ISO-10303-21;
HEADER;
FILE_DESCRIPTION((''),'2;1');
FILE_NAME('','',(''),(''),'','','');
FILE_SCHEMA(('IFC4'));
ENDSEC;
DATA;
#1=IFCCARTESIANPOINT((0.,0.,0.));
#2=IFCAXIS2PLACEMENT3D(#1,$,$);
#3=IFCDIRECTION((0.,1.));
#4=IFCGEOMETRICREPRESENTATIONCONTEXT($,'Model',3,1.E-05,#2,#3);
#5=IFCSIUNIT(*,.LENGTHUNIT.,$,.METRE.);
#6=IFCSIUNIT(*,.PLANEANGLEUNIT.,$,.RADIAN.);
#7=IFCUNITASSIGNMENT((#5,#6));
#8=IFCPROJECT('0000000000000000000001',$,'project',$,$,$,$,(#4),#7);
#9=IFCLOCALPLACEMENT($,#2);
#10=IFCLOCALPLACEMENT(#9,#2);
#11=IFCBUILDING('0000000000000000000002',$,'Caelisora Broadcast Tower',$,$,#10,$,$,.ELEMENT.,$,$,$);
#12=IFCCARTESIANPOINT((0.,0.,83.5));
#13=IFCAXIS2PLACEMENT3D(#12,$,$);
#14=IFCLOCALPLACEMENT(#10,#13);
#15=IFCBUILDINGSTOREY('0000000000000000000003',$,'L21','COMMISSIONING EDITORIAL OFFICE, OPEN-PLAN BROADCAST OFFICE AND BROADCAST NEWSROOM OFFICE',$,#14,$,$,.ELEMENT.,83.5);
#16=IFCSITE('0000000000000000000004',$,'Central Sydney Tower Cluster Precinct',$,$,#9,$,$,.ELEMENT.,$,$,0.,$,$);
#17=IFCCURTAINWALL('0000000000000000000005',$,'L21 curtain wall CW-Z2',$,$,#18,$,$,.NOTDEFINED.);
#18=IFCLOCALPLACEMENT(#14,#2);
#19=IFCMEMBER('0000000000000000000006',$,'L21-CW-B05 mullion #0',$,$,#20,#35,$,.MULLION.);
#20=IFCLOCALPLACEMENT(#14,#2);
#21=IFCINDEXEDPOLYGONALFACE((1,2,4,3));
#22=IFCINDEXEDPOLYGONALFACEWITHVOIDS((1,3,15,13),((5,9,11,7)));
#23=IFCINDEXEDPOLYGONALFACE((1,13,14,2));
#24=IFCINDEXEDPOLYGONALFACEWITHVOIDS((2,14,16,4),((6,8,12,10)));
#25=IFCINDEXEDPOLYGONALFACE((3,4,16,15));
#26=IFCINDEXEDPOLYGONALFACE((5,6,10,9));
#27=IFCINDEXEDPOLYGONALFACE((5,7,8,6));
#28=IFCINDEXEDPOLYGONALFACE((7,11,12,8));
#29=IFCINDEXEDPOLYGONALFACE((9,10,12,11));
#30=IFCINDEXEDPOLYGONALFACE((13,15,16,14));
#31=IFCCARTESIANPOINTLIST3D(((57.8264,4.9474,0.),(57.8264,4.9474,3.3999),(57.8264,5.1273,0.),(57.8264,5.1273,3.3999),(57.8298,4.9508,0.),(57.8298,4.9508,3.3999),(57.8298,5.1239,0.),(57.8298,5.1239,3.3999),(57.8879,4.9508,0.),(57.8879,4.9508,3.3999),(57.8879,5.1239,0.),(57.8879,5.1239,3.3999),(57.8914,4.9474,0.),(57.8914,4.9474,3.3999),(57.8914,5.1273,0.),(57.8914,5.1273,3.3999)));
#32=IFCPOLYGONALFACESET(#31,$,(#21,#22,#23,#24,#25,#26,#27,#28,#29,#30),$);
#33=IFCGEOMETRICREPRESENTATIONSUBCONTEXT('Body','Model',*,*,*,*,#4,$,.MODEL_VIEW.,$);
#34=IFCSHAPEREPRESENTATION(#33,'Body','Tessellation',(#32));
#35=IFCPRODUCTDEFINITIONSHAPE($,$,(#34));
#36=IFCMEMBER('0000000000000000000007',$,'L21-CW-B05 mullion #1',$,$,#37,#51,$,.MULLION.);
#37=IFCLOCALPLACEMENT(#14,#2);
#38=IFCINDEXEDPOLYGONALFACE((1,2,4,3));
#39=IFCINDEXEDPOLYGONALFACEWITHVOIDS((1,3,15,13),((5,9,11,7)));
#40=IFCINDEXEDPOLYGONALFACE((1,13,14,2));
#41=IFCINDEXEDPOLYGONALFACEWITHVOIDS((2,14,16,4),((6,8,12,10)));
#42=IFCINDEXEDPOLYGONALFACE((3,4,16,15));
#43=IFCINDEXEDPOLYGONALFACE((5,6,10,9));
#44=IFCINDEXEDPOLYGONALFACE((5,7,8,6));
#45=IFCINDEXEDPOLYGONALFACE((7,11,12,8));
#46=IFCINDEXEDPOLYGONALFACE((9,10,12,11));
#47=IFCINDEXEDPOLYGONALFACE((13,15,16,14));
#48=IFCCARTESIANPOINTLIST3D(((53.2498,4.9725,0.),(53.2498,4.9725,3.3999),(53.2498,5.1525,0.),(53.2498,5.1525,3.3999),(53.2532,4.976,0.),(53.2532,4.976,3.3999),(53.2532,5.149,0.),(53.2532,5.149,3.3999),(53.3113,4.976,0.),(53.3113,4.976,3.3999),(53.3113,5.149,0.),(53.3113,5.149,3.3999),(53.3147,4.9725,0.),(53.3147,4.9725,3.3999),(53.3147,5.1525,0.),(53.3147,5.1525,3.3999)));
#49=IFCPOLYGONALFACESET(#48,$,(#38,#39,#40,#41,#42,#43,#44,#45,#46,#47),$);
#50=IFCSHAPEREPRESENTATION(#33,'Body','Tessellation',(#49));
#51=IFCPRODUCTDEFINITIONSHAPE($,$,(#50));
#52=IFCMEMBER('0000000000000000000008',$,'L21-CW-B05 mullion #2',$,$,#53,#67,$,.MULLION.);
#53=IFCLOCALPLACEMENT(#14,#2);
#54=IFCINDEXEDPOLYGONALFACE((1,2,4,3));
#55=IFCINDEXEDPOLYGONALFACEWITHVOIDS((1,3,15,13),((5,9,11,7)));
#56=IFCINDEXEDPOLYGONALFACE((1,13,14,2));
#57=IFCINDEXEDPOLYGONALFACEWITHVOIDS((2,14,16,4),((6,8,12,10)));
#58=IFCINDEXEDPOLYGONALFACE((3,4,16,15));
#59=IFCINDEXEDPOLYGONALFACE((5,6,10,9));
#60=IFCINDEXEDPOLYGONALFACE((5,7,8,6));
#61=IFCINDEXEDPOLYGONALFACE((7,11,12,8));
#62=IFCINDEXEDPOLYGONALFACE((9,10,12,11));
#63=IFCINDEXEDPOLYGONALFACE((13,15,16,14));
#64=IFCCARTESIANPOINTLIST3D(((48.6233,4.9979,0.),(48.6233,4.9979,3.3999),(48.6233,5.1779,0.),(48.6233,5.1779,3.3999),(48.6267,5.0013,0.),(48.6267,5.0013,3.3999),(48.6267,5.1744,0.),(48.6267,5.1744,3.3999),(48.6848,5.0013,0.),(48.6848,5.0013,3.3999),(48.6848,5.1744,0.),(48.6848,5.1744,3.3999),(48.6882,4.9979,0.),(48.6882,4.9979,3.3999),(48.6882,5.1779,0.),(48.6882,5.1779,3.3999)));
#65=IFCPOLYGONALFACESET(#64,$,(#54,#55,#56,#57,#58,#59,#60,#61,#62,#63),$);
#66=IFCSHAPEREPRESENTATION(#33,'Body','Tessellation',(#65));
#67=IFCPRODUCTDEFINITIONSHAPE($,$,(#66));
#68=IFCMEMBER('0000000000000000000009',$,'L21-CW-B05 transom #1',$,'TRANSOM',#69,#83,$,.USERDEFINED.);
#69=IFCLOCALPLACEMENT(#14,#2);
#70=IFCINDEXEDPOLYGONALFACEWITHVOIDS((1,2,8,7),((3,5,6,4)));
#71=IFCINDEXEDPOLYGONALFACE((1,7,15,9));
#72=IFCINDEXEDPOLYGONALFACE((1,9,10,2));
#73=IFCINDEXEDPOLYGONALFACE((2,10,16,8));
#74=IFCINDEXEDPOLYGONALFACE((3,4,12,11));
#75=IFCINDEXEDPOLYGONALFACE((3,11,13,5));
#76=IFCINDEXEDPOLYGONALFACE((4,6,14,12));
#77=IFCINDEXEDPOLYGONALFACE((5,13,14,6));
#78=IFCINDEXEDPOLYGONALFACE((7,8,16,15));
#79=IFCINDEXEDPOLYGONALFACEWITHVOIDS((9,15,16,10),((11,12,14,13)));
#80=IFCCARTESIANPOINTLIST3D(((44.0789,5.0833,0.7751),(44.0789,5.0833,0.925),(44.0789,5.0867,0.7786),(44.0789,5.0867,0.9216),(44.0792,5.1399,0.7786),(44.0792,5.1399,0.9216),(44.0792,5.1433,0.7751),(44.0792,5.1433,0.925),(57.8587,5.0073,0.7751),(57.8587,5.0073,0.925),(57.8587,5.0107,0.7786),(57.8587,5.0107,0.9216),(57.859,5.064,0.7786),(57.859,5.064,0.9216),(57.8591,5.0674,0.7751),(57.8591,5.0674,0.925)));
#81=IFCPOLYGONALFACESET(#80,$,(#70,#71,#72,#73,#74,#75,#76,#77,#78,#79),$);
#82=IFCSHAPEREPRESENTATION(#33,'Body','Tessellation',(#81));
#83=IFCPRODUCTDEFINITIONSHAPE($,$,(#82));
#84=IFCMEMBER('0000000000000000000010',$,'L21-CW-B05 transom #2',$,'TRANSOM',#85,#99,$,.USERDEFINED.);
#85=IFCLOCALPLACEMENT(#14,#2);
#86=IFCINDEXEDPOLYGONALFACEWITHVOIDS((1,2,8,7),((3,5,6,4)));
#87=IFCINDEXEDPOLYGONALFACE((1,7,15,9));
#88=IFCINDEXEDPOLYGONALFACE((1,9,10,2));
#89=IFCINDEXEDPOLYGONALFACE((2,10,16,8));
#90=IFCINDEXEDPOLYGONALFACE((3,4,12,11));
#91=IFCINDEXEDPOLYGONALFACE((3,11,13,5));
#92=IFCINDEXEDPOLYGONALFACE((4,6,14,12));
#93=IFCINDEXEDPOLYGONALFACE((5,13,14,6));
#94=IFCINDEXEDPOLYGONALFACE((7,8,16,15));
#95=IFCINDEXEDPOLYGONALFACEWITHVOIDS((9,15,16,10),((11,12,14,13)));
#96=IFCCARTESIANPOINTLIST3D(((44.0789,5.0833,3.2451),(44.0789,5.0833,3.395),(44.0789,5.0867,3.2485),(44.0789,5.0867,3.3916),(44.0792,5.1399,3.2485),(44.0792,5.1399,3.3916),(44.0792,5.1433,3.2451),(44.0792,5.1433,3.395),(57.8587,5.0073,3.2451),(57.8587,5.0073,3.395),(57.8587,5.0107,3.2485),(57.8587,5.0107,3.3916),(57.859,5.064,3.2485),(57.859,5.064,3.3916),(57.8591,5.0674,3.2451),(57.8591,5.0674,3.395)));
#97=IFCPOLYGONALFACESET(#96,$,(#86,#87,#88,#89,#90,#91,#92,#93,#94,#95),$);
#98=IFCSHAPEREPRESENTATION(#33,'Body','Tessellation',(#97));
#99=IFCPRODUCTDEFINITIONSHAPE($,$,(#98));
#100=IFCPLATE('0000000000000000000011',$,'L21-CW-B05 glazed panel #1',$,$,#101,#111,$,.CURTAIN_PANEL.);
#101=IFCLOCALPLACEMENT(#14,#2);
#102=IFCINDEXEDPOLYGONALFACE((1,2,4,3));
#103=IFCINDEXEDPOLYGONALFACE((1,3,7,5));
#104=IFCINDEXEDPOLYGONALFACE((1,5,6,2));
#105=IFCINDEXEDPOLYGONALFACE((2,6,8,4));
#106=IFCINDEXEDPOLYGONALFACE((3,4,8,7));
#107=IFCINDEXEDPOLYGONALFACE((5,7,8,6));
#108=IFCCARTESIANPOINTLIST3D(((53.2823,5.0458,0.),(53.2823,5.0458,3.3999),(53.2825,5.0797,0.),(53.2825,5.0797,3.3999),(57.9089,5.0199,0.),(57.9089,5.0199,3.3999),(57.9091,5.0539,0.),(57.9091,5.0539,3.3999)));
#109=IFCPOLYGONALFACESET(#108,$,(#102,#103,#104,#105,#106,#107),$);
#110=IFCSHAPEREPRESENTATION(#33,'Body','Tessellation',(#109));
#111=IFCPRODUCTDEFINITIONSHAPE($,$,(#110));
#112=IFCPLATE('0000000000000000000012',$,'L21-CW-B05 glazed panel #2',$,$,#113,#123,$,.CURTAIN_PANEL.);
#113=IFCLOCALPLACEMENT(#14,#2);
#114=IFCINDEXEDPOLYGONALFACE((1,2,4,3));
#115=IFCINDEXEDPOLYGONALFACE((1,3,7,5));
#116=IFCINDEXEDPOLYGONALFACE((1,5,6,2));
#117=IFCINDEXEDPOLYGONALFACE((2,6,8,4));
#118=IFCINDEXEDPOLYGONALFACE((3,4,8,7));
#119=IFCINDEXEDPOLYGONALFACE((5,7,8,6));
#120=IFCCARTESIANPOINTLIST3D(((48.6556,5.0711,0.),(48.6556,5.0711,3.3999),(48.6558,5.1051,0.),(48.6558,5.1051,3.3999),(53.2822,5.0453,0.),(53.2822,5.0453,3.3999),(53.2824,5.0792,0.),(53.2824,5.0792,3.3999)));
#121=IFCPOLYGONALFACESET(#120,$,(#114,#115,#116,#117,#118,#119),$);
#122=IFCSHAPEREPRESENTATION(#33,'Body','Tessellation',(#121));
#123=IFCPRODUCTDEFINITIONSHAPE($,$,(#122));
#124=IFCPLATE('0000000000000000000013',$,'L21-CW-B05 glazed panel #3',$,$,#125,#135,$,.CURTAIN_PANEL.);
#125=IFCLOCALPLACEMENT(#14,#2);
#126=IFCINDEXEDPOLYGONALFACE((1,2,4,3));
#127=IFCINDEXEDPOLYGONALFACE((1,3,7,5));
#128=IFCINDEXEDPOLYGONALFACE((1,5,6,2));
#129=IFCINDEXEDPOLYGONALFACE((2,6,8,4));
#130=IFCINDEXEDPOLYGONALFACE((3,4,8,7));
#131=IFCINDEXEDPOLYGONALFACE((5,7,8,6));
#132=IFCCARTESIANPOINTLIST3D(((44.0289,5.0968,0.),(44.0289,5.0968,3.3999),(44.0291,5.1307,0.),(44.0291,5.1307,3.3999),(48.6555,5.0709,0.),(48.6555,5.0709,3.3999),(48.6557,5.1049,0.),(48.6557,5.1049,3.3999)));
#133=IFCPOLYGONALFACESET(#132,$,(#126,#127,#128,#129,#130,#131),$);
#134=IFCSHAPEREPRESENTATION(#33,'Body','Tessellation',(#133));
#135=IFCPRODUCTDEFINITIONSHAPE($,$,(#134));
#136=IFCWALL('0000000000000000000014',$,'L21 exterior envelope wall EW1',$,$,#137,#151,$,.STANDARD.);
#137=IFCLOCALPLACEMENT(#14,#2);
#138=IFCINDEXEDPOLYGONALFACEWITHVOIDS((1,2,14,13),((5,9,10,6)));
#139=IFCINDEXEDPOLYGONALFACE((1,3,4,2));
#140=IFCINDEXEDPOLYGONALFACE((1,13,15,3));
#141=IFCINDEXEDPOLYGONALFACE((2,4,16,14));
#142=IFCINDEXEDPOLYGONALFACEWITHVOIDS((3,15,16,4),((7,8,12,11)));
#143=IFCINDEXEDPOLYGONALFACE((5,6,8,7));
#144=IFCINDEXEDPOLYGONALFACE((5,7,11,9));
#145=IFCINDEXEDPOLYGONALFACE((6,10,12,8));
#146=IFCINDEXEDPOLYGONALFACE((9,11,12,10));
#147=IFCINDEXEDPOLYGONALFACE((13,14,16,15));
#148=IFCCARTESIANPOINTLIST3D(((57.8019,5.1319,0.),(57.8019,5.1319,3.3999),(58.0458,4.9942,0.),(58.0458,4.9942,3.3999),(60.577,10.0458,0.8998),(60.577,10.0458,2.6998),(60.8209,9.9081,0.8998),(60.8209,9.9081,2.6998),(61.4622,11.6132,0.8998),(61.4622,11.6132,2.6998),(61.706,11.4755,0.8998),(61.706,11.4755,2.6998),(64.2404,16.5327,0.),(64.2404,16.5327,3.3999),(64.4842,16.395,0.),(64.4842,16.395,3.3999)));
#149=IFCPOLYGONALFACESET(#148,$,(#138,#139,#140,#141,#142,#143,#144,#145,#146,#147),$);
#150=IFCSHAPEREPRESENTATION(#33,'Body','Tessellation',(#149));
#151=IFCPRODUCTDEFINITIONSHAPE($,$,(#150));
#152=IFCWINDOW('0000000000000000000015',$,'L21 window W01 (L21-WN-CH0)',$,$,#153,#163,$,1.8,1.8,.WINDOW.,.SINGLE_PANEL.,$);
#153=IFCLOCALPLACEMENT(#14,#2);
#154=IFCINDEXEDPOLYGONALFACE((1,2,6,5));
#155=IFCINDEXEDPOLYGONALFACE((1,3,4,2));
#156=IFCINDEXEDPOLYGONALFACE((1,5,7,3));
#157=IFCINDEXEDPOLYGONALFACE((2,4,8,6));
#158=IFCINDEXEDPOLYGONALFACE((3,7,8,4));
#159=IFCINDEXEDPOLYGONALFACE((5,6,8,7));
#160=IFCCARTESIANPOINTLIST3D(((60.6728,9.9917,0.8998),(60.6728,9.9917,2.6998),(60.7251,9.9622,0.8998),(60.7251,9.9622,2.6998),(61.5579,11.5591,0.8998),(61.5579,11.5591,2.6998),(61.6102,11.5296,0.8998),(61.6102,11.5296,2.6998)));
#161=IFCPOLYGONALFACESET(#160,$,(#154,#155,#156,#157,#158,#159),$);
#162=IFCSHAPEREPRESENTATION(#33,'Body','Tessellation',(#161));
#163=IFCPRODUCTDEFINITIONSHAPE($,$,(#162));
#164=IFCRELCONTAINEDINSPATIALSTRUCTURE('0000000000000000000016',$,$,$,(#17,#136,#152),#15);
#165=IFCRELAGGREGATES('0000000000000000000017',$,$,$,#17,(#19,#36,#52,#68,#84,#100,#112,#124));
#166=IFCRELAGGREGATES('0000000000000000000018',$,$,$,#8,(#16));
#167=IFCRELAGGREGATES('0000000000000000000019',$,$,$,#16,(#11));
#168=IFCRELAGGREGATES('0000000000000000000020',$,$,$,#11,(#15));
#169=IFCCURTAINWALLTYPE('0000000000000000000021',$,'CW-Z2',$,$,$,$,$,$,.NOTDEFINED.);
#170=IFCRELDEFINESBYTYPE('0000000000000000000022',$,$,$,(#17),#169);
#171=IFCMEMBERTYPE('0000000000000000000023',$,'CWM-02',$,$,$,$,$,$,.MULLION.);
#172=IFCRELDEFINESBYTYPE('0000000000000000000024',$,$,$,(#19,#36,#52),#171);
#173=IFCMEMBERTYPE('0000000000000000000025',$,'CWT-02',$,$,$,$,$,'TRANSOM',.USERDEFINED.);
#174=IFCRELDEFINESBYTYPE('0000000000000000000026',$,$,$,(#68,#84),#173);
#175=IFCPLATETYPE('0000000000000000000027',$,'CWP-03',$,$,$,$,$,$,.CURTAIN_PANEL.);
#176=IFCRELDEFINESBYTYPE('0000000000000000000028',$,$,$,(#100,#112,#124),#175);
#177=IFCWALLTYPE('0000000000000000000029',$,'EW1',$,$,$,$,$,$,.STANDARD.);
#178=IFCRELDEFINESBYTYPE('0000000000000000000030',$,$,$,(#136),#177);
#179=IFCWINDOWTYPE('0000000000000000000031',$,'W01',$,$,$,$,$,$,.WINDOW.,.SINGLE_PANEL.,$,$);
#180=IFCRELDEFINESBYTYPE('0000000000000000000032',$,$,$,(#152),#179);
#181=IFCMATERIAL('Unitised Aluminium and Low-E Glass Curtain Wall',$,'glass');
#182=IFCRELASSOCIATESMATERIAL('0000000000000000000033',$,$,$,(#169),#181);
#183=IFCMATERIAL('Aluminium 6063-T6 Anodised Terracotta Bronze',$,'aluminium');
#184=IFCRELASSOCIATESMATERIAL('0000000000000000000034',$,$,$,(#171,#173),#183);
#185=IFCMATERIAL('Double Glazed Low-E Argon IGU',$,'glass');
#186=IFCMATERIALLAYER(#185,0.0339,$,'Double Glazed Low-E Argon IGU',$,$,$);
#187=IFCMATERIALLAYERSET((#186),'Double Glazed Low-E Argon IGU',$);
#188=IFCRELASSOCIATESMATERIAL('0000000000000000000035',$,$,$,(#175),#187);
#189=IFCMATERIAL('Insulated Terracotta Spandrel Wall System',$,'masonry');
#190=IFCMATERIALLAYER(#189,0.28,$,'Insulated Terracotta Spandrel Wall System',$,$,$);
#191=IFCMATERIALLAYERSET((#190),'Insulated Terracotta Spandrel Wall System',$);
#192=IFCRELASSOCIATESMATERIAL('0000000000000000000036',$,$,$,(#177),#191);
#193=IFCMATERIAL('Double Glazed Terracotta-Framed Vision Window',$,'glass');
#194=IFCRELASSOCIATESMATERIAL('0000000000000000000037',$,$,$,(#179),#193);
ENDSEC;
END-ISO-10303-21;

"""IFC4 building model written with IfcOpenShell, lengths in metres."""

from ifc_helpers import new_model, si_unit, direction, frame, frame_2d, origin, origin_2d, place, context, subcontext, project, spatial, rectangle, hollow_rectangle, extrude, source, transform, mapped, material, layer, layer_set, material_profile, profile_set, type_object, type_shapes, element, fill, aggregate, save


model = new_model("IFC4")

# Units and contexts
model_context = context("Model", 3, precision=1e-05, world=origin(), true_north=direction((0.0, 1.0)))
body_context = subcontext(model_context, "Body", "Model", "MODEL_VIEW")
ifc_project = project(units=[si_unit("LENGTHUNIT", "METRE"), si_unit("PLANEANGLEUNIT", "RADIAN")], contexts=[model_context])

# Site, building, storey
site_placement = place(None, origin())
site = spatial("IfcSite", under=ifc_project, at=site_placement, Name="Central Sydney Tower Cluster Precinct", CompositionType="ELEMENT", RefElevation=0.0)
building_placement = place(site_placement, origin())
building = spatial("IfcBuilding", under=site, at=building_placement, Name="Caelisora Broadcast Tower", CompositionType="ELEMENT")
storey_placement = place(building_placement, frame((0.0, 0.0, 83.5)))
storey = spatial("IfcBuildingStorey", under=building, at=storey_placement, Name="L21", Description="COMMISSIONING EDITORIAL OFFICE, OPEN-PLAN BROADCAST OFFICE AND BROADCAST NEWSROOM OFFICE", CompositionType="ELEMENT", Elevation=83.5)

# Shared definitions
ifc_material_1 = material(Name="Unitised Aluminium and Low-E Glass Curtain Wall", Category="glass")
curtain_wall_type = type_object("IfcCurtainWallType", Name="CW-Z2", PredefinedType="NOTDEFINED", material=ifc_material_1)
ifc_material_2 = material(Name="Aluminium 6063-T6 Anodised Terracotta Bronze", Category="aluminium")
ifc_material_profile_1 = material_profile(ifc_material_2, hollow_rectangle(XDim=0.0649, YDim=0.1799, WallThickness=0.0034, at=origin_2d()), Name="Aluminium 6063-T6 Anodised Terracotta Bronze")
ifc_profile_set_1 = profile_set([ifc_material_profile_1], Name="Aluminium 6063-T6 Anodised Terracotta Bronze")
member_type_1 = type_object("IfcMemberType", Name="CWM-02", PredefinedType="MULLION", material=ifc_profile_set_1)
shared_shape_1 = source(origin(), body_context, "Body", "SweptSolid", [
    extrude(hollow_rectangle(XDim=0.0649, YDim=0.1799, WallThickness=0.0034, at=origin_2d()), origin(), (0.0, 0.0, 1.0), 3.3999),
])
type_shapes(member_type_1, [shared_shape_1])

# Curtain wall, members, plates
curtain_wall_1_placement = place(storey_placement, origin())
curtain_wall_1 = element("IfcCurtainWall", 1, at=curtain_wall_1_placement, inside=storey, type_object=curtain_wall_type, Name="L21 curtain wall CW-Z2", PredefinedType="NOTDEFINED")
member_1_placement = place(storey_placement, frame((57.8589, 5.0374, 0.0), z_axis=(0.0, 0.0, 1.0), x_axis=(1.0, 0.0, 0.0)))
member_1 = element("IfcMember", 2, at=member_1_placement, type_object=member_type_1, Name="L21-CW-B05 mullion #0", PredefinedType="MULLION", context=body_context, shape_type="MappedRepresentation", body=[
    mapped(shared_shape_1, transform((0.0, 0.0, 0.0), scale=1.0)),
])
member_2_placement = place(storey_placement, frame((53.2822, 5.0625, 0.0), z_axis=(0.0, 0.0, 1.0), x_axis=(1.0, 0.0, 0.0)))
member_2 = element("IfcMember", 3, at=member_2_placement, type_object=member_type_1, Name="L21-CW-B05 mullion #1", PredefinedType="MULLION", context=body_context, shape_type="MappedRepresentation", body=[
    mapped(shared_shape_1, transform((0.0, 0.0, 0.0), scale=1.0)),
])
member_3_placement = place(storey_placement, frame((48.6558, 5.0879, 0.0), z_axis=(0.0, 0.0, 1.0), x_axis=(1.0, 0.0, 0.0)))
member_3 = element("IfcMember", 4, at=member_3_placement, type_object=member_type_1, Name="L21-CW-B05 mullion #2", PredefinedType="MULLION", context=body_context, shape_type="MappedRepresentation", body=[
    mapped(shared_shape_1, transform((0.0, 0.0, 0.0), scale=1.0)),
])
ifc_material_profile_2 = material_profile(ifc_material_2, hollow_rectangle(XDim=0.0601, YDim=0.1499, WallThickness=0.0034, at=origin_2d()), Name="Aluminium 6063-T6 Anodised Terracotta Bronze")
ifc_profile_set_2 = profile_set([ifc_material_profile_2], Name="Aluminium 6063-T6 Anodised Terracotta Bronze")
member_type_2 = type_object("IfcMemberType", Name="CWT-02", ElementType="TRANSOM", PredefinedType="USERDEFINED", material=ifc_profile_set_2)
shared_shape_2 = source(origin(), body_context, "Body", "SweptSolid", [
    extrude(hollow_rectangle(XDim=0.0601, YDim=0.1499, WallThickness=0.0034, at=origin_2d()), origin(), (0.0, 0.0, 1.0), 13.78),
])
type_shapes(member_type_2, [shared_shape_2])
member_4_placement = place(storey_placement, frame((57.8589, 5.0374, 0.8501), z_axis=(-0.999985, 0.00551, 0.0), x_axis=(-0.00551, -0.999985, 0.0)))
member_4 = element("IfcMember", 5, at=member_4_placement, type_object=member_type_2, Name="L21-CW-B05 transom #1", ObjectType="TRANSOM", PredefinedType="USERDEFINED", context=body_context, shape_type="MappedRepresentation", body=[
    mapped(shared_shape_2, transform((0.0, 0.0, 0.0), scale=1.0)),
])
member_5_placement = place(storey_placement, frame((57.8589, 5.0374, 3.3201), z_axis=(-0.999985, 0.00551, 0.0), x_axis=(-0.00551, -0.999985, 0.0)))
member_5 = element("IfcMember", 6, at=member_5_placement, type_object=member_type_2, Name="L21-CW-B05 transom #2", ObjectType="TRANSOM", PredefinedType="USERDEFINED", context=body_context, shape_type="MappedRepresentation", body=[
    mapped(shared_shape_2, transform((0.0, 0.0, 0.0), scale=1.0)),
])
ifc_material_3 = material(Name="Double Glazed Low-E Argon IGU", Category="glass")
ifc_layer_1 = layer(ifc_material_3, 0.0339, Name="Double Glazed Low-E Argon IGU")
ifc_layer_set_1 = layer_set([ifc_layer_1], Name="Double Glazed Low-E Argon IGU")
plate_type = type_object("IfcPlateType", Name="CWP-03", PredefinedType="CURTAIN_PANEL", material=ifc_layer_set_1)
shared_shape_3 = source(origin(), body_context, "Body", "SweptSolid", [
    extrude(rectangle(XDim=4.6267, YDim=0.0339, at=origin_2d()), origin(), (0.0, 0.0, 1.0), 3.3999),
])
type_shapes(plate_type, [shared_shape_3])
plate_1_placement = place(storey_placement, frame((55.5957, 5.0498, 0.0), z_axis=(0.0, 0.0, 1.0), x_axis=(-0.999984, 0.005585, 0.0)))
plate_1 = element("IfcPlate", 7, at=plate_1_placement, type_object=plate_type, Name="L21-CW-B05 glazed panel #1", PredefinedType="CURTAIN_PANEL", context=body_context, shape_type="MappedRepresentation", body=[
    mapped(shared_shape_3, transform((0.0, 0.0, 0.0), scale=1.0)),
])
plate_2_placement = place(storey_placement, frame((50.969, 5.0752, 0.0), z_axis=(0.0, 0.0, 1.0), x_axis=(-0.999984, 0.005585, 0.0)))
plate_2 = element("IfcPlate", 8, at=plate_2_placement, type_object=plate_type, Name="L21-CW-B05 glazed panel #2", PredefinedType="CURTAIN_PANEL", context=body_context, shape_type="MappedRepresentation", body=[
    mapped(shared_shape_3, transform((0.0, 0.0, 0.0), scale=1.0)),
])
plate_3_placement = place(storey_placement, frame((46.3423, 5.1008, 0.0), z_axis=(0.0, 0.0, 1.0), x_axis=(-0.999984, 0.005585, 0.0)))
plate_3 = element("IfcPlate", 9, at=plate_3_placement, type_object=plate_type, Name="L21-CW-B05 glazed panel #3", PredefinedType="CURTAIN_PANEL", context=body_context, shape_type="MappedRepresentation", body=[
    mapped(shared_shape_3, transform((0.0, 0.0, 0.0), scale=1.0)),
])
aggregate(curtain_wall_1, [member_1, member_2, member_3, member_4, member_5, plate_1, plate_2, plate_3])

# Wall, opening, window
ifc_material_4 = material(Name="Insulated Terracotta Spandrel Wall System", Category="masonry")
ifc_layer_2 = layer(ifc_material_4, 0.28, Name="Insulated Terracotta Spandrel Wall System")
ifc_layer_set_2 = layer_set([ifc_layer_2], Name="Insulated Terracotta Spandrel Wall System")
wall_type_1 = type_object("IfcWallType", Name="EW1", PredefinedType="STANDARD", material=ifc_layer_set_2)
wall_1_placement = place(storey_placement, frame((64.3623, 16.4639, 0.0), z_axis=(0.0, 0.0, 1.0), x_axis=(-0.491739, -0.870743, 0.0)))
wall_1 = element("IfcWall", 10, at=wall_1_placement, inside=storey, type_object=wall_type_1, Name="L21 exterior envelope wall EW1", PredefinedType="STANDARD", context=body_context, shape_type="SweptSolid", body=[
    extrude(rectangle(XDim=13.0933, YDim=0.28, at=frame_2d((6.5466, 0.0))), origin(), (0.0, 0.0, 1.0), 3.3999),
])
opening_1_placement = place(wall_1_placement, frame((5.6499, 0.0, 0.8999)))
opening_1 = element("IfcOpeningElement", 11, at=opening_1_placement, cuts=wall_1, PredefinedType="OPENING", context=body_context, shape_type="SweptSolid", body=[
    extrude(rectangle(XDim=1.8, YDim=1.8, at=frame_2d((0.8999, 0.8999))), frame((0.0, 0.1521, 0.0), z_axis=(0.0, -1.0, 0.0), x_axis=(1.0, 0.0, 0.0)), (0.0, 0.0, 1.0), 0.304),
])
ifc_material_5 = material(Name="Double Glazed Terracotta-Framed Vision Window", Category="glass")
window_type = type_object("IfcWindowType", Name="W01", PartitioningType="SINGLE_PANEL", PredefinedType="WINDOW", material=ifc_material_5)
window_placement = place(opening_1_placement, origin())
window = element("IfcWindow", 12, at=window_placement, inside=storey, type_object=window_type, Name="L21 window W01 (L21-WN-CH0)", OverallHeight=1.8, OverallWidth=1.8, PartitioningType="SINGLE_PANEL", PredefinedType="WINDOW", context=body_context, shape_type="SweptSolid", body=[
    extrude(rectangle(XDim=1.8, YDim=1.8, at=frame_2d((0.8999, 0.8999))), frame((0.0, 0.03, 0.0), z_axis=(0.0, -1.0, 0.0), x_axis=(1.0, 0.0, 0.0)), (0.0, 0.0, 1.0), 0.0601),
])
fill(opening_1, window)

save(model, "model.ifc")
